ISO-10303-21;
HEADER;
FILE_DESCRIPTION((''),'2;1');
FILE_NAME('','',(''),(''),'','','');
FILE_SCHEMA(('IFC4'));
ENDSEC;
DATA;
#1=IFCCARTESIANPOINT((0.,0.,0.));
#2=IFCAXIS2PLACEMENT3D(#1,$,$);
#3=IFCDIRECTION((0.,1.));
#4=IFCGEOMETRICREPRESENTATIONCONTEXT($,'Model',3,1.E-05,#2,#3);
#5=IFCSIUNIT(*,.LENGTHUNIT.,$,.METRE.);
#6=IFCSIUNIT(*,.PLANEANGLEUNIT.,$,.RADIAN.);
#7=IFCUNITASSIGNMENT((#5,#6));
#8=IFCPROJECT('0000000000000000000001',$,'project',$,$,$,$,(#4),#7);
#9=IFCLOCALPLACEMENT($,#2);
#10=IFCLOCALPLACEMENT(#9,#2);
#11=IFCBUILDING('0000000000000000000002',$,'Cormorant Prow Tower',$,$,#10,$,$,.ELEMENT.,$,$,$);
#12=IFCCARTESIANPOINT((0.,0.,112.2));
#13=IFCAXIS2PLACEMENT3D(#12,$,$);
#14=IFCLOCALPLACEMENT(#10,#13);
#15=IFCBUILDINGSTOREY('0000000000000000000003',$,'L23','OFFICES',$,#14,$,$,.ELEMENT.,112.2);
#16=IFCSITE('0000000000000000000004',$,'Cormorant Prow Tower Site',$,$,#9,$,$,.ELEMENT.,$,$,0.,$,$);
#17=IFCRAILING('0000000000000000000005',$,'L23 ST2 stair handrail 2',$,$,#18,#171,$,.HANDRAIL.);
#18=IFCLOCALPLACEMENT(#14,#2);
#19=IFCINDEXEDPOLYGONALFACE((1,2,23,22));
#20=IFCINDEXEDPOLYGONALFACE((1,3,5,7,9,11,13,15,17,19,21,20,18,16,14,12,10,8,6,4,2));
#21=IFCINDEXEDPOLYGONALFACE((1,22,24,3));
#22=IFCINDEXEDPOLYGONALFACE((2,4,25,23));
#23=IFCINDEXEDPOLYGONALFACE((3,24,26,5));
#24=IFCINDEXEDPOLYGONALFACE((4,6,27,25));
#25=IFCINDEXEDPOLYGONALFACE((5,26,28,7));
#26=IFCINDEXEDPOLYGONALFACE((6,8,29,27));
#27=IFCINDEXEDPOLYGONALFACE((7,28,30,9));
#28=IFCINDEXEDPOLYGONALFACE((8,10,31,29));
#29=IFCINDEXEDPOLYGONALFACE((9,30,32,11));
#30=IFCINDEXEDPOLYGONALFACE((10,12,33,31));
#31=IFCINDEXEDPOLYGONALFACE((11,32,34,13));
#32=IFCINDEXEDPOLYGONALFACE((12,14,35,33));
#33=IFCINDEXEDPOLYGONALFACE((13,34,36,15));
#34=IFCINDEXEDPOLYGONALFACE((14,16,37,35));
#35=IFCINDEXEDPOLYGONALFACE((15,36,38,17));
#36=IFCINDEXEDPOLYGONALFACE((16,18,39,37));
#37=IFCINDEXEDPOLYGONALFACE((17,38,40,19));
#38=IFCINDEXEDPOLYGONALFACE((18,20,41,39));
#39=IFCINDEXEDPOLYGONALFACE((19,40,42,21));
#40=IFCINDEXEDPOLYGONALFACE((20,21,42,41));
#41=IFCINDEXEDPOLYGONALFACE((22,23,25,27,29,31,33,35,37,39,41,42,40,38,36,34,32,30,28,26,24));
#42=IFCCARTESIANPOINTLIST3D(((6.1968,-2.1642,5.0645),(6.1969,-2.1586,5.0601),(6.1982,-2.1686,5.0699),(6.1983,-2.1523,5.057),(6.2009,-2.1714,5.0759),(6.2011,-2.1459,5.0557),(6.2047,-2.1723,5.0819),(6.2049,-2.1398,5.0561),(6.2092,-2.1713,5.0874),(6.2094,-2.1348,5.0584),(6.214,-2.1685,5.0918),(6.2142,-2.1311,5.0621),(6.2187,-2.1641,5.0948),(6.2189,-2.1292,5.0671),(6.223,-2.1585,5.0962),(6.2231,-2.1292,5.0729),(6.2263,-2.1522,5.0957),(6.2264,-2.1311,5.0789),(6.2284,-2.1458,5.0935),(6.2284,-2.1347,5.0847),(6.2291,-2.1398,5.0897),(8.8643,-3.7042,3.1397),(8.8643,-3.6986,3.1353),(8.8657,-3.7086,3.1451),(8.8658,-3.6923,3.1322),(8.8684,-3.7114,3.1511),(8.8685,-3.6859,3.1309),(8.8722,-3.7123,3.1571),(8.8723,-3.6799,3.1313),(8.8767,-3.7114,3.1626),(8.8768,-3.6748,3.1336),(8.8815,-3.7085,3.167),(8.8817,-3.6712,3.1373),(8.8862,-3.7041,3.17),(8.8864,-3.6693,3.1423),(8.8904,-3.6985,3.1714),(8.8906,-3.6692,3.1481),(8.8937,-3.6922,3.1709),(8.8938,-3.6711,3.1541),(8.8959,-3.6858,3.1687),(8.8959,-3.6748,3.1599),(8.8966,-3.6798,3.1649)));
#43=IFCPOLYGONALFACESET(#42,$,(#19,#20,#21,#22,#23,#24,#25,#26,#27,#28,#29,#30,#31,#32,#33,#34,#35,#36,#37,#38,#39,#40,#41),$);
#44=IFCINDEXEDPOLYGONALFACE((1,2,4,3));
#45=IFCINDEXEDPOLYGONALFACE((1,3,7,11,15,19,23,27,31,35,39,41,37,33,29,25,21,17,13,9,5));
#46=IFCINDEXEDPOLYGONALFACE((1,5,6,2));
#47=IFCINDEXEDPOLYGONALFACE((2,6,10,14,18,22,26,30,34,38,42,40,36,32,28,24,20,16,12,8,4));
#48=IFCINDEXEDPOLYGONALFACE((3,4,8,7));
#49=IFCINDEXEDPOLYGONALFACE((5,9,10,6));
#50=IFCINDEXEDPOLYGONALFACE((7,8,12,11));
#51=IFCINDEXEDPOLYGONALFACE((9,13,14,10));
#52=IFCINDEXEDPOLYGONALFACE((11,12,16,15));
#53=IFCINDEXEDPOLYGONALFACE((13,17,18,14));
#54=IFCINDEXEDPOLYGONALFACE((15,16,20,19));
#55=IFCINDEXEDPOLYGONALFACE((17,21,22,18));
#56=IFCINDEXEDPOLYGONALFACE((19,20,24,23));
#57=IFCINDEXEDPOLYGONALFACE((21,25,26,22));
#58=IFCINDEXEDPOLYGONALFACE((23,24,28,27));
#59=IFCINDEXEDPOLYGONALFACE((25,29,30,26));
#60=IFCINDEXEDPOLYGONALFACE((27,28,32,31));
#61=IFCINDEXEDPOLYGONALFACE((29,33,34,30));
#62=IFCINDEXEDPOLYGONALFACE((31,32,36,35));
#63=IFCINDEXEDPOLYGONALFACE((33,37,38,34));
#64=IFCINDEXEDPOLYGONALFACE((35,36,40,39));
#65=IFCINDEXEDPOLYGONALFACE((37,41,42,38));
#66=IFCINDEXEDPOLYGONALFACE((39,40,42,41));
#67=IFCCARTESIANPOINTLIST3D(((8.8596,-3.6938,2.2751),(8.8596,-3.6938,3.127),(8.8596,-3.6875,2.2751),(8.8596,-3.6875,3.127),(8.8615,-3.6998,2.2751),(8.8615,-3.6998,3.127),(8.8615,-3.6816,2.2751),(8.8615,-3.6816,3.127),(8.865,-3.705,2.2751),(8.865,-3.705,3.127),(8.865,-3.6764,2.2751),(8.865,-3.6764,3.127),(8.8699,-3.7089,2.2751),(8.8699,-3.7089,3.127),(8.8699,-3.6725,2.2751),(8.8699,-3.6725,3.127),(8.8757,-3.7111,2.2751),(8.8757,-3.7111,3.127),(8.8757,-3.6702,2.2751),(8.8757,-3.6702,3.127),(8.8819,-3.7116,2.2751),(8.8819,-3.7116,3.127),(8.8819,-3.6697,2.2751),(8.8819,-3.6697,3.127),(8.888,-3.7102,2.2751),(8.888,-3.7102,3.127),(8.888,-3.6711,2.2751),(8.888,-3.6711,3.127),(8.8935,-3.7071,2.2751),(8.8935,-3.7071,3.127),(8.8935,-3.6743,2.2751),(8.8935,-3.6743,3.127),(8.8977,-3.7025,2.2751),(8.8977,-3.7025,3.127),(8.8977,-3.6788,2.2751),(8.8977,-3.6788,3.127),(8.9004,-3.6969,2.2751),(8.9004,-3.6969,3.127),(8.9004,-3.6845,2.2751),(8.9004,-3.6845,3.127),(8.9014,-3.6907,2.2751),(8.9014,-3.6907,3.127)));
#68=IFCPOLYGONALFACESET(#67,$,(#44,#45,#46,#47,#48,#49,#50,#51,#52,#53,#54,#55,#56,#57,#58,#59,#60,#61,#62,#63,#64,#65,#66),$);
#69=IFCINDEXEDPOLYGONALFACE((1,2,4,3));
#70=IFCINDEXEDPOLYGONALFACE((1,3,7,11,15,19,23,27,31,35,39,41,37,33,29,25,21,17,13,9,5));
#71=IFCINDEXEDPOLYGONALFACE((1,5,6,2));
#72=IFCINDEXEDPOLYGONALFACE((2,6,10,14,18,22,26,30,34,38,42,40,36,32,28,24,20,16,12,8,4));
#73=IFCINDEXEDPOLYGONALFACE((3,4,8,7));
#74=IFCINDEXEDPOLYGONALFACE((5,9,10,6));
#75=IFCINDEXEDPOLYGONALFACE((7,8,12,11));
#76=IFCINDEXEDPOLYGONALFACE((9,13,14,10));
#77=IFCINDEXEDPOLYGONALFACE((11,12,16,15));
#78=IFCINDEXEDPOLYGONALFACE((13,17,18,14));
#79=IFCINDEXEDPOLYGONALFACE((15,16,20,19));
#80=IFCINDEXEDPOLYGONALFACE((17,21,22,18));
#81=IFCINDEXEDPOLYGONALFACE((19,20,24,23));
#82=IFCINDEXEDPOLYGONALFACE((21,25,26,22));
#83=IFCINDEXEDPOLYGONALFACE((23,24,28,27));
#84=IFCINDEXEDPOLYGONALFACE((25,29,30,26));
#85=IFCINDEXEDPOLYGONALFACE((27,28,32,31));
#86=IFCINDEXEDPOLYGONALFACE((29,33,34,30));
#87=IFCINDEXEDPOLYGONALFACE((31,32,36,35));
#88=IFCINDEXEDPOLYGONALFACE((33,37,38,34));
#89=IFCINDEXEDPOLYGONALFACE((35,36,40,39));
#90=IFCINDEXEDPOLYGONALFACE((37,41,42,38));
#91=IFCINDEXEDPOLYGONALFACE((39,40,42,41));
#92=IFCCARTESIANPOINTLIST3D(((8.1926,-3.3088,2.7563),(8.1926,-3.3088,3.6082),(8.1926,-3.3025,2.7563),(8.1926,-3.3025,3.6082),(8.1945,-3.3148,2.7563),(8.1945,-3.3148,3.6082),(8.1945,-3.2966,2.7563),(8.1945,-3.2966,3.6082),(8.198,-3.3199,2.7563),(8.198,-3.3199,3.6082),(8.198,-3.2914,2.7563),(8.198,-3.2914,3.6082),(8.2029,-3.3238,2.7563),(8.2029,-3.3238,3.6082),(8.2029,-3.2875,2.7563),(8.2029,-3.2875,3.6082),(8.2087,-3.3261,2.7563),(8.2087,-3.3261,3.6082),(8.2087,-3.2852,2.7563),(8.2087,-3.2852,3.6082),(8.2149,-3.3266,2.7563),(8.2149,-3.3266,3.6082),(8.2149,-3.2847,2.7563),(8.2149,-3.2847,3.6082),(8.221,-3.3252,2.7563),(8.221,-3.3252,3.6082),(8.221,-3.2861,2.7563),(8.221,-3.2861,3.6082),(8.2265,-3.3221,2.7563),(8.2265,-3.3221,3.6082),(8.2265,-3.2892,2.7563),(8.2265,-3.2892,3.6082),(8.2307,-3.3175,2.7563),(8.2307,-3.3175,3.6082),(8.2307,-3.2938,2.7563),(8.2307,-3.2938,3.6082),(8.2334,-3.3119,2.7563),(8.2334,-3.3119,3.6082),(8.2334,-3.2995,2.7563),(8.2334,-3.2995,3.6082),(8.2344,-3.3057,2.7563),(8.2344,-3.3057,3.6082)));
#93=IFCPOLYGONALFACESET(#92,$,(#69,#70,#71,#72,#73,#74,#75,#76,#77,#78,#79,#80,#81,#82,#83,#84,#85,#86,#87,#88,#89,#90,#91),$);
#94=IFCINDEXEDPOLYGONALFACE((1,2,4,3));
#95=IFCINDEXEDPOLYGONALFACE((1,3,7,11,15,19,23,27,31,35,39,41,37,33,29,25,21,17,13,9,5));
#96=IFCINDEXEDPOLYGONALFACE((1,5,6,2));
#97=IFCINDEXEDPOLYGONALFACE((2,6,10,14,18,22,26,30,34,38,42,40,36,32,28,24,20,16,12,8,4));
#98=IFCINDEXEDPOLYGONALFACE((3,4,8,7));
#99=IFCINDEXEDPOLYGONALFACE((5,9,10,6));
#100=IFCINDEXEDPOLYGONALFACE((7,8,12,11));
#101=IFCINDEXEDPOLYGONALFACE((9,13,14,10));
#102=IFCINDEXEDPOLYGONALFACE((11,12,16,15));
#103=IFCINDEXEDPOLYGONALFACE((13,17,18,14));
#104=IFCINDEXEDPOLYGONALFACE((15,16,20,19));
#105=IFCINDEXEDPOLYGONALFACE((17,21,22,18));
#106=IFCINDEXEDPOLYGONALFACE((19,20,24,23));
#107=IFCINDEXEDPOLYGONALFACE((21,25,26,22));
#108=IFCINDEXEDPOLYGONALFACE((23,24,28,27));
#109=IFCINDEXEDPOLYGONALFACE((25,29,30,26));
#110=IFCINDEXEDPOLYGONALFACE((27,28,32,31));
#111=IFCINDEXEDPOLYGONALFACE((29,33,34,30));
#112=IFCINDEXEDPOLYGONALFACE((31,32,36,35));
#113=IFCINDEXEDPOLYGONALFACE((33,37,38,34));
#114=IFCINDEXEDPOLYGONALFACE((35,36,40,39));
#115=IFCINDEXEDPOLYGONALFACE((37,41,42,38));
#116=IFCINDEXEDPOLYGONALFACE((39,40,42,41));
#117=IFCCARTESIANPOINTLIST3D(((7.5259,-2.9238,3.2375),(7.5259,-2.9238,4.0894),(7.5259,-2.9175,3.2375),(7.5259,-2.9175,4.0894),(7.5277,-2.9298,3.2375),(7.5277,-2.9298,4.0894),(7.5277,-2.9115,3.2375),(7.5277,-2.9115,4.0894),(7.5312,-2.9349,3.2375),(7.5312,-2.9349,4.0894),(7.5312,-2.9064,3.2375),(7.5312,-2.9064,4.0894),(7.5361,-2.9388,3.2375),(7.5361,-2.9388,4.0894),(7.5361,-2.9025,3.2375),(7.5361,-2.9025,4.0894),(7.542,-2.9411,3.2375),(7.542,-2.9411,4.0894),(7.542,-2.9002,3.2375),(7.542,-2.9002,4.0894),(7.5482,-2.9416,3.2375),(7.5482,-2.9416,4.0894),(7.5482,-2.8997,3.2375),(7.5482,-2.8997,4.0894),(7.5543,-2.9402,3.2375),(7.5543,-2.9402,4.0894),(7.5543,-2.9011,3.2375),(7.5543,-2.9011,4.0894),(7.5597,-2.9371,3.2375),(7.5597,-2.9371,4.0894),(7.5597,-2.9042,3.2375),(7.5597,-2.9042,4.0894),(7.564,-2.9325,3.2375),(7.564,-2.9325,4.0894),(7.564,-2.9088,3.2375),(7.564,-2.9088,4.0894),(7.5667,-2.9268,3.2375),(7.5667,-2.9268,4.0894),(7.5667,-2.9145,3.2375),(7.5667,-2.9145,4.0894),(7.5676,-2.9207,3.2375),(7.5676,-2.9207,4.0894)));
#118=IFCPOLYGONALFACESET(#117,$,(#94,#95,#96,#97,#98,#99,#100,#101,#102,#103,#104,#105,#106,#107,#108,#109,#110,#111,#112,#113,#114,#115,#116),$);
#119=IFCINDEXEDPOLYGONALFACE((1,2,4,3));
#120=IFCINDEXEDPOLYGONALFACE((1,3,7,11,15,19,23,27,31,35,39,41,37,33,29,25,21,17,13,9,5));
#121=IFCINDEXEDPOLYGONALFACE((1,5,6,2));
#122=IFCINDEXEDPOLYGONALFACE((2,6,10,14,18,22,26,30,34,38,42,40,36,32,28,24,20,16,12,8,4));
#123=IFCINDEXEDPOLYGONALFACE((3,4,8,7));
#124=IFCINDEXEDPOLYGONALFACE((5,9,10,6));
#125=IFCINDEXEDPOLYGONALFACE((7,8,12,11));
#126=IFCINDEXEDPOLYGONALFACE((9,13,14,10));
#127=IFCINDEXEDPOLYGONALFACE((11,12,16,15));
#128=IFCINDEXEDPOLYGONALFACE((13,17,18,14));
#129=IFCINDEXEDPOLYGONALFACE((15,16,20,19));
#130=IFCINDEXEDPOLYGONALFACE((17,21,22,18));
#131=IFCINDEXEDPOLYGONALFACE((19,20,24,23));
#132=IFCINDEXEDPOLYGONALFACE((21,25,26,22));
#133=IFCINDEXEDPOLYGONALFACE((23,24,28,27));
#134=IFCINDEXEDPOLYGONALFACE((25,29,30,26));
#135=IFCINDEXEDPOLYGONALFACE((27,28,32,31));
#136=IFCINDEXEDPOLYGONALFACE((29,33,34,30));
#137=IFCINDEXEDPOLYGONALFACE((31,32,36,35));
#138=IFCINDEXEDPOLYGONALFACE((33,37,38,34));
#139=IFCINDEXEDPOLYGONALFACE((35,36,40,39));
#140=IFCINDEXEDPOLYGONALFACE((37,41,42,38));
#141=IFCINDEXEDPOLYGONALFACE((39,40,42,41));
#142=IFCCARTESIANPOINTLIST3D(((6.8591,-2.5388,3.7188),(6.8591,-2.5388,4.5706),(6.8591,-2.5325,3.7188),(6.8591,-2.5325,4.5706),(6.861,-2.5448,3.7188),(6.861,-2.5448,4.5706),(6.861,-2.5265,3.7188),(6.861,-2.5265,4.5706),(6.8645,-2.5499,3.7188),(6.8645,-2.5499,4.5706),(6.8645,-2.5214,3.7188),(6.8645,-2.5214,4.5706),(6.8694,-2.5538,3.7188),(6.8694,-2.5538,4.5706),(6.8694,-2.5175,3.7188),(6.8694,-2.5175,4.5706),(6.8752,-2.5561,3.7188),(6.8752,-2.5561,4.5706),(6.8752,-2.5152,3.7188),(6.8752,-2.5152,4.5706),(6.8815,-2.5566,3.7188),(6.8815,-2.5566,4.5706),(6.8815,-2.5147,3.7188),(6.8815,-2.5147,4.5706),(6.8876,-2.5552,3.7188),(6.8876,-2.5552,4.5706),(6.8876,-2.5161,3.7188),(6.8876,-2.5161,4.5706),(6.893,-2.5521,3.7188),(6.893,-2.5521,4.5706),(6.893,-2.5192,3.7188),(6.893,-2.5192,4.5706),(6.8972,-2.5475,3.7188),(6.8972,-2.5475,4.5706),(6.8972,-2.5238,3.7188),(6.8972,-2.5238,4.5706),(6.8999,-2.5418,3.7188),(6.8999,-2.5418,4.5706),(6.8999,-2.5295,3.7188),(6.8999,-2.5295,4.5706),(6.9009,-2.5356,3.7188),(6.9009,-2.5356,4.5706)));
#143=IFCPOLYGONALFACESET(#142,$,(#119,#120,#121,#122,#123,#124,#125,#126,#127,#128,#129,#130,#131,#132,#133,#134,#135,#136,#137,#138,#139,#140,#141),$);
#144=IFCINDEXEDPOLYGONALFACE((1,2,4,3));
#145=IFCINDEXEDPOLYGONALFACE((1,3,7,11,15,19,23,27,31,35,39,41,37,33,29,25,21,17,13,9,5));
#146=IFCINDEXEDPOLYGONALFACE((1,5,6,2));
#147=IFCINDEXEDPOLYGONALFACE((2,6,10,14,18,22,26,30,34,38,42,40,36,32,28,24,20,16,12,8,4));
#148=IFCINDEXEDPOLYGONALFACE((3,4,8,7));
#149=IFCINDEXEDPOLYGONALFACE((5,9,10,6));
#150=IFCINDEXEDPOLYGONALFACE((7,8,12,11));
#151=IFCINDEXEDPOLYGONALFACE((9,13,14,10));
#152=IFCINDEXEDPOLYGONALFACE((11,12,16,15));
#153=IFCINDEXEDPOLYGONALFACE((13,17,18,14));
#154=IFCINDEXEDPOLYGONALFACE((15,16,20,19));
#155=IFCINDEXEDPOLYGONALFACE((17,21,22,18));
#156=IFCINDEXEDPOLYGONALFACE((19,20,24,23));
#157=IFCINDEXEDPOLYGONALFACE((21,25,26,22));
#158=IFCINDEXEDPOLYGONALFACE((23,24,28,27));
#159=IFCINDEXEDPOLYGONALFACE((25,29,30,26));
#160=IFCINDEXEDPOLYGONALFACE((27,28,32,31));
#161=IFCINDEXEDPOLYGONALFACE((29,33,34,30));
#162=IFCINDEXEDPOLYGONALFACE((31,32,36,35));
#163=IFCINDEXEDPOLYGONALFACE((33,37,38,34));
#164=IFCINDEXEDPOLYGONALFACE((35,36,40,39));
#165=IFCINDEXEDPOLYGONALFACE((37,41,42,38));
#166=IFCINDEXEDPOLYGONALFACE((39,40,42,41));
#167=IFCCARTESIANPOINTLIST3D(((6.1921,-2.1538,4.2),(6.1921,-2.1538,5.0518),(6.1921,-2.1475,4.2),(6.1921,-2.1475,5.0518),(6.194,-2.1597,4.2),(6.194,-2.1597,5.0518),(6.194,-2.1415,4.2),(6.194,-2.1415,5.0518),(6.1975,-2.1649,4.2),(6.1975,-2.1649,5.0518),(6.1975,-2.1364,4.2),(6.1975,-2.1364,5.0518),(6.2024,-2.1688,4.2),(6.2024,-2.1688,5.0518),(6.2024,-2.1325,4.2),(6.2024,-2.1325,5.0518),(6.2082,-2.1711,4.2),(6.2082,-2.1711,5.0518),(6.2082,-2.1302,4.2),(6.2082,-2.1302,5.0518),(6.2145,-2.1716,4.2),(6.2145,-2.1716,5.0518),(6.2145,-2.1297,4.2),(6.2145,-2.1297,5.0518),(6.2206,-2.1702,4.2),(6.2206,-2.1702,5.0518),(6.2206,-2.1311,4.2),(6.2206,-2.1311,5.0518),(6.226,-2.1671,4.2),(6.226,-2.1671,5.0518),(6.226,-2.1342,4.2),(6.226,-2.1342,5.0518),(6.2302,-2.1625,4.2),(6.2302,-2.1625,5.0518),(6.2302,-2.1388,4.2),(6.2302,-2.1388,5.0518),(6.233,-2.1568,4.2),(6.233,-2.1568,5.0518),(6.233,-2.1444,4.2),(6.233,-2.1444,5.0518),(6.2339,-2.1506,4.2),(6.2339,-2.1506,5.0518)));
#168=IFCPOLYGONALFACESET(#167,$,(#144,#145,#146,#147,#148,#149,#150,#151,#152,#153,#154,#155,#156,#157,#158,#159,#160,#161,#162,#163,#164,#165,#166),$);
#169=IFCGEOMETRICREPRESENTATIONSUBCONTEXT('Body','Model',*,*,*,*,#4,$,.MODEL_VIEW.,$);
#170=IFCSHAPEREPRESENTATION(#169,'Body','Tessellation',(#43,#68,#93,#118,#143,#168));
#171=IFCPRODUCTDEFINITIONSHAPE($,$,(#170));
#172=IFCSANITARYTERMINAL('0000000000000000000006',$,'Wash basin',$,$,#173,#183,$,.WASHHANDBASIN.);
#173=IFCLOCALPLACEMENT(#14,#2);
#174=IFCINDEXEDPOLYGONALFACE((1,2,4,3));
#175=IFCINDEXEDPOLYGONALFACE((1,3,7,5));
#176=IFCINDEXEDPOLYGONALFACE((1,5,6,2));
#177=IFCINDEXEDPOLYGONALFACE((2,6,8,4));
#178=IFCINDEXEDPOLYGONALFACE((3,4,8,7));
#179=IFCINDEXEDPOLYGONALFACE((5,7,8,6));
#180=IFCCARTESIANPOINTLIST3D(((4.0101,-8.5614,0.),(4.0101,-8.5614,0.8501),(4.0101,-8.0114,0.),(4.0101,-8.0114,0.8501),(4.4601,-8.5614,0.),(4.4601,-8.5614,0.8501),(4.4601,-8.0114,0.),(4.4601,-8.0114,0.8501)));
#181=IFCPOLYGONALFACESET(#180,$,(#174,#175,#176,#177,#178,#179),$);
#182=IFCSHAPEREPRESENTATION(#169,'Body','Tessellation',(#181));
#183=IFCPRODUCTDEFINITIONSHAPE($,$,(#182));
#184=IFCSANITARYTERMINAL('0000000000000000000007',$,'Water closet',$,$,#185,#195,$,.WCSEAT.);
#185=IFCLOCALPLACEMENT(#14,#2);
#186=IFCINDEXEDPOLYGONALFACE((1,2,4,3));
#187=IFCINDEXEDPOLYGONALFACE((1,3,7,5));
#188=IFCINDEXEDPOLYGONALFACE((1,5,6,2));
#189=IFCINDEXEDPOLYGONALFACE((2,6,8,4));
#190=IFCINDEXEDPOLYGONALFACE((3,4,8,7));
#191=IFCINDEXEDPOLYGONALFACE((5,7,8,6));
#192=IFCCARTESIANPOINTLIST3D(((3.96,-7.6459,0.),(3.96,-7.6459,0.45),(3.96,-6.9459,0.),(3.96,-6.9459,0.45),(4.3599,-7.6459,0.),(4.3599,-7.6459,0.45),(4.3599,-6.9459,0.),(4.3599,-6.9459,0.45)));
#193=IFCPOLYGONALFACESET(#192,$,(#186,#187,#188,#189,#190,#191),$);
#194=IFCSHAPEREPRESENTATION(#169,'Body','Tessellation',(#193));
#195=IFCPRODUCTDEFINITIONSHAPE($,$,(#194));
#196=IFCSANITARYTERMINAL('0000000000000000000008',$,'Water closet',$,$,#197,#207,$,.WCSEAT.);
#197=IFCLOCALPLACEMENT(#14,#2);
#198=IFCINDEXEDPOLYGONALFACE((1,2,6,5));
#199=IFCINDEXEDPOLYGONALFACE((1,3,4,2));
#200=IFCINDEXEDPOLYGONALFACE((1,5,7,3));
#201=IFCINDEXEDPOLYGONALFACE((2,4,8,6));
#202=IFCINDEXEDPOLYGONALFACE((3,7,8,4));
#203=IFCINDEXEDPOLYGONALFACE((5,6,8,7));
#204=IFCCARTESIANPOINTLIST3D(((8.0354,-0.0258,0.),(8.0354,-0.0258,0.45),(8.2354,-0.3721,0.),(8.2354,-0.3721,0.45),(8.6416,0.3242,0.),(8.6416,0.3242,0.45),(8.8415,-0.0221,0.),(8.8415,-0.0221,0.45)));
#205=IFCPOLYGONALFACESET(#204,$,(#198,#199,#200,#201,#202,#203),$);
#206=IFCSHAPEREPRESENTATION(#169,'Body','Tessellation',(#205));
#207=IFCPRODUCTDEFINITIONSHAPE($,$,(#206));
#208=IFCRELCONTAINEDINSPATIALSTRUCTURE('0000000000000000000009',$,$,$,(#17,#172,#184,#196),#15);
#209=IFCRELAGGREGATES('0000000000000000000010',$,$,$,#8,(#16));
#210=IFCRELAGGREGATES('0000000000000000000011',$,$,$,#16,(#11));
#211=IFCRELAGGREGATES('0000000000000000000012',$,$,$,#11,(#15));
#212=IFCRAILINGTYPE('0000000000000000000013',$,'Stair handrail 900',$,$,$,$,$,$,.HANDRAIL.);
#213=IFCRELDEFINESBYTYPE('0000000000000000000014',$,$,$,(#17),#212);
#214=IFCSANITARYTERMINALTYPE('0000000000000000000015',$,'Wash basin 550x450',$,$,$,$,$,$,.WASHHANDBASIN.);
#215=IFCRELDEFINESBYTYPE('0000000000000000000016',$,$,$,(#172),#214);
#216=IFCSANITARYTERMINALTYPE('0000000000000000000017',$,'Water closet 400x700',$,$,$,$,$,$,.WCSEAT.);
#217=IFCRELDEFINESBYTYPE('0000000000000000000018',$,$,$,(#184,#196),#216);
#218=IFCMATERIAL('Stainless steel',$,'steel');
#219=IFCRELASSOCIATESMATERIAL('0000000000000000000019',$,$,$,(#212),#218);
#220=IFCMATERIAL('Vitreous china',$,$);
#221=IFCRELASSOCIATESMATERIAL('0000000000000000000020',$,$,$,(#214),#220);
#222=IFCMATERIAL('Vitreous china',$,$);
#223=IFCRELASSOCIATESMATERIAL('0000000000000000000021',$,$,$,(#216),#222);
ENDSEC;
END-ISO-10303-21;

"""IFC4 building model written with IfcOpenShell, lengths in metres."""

from ifc_helpers import new_model, si_unit, direction, frame, origin, origin_2d, place, context, subcontext, project, spatial, rectangle, circle, extrude, material, type_object, element, save


model = new_model("IFC4")

# Units and contexts
model_context = context("Model", 3, precision=1e-05, world=origin(), true_north=direction((0.0, 1.0)))
body_context = subcontext(model_context, "Body", "Model", "MODEL_VIEW")
ifc_project = project(units=[si_unit("LENGTHUNIT", "METRE"), si_unit("PLANEANGLEUNIT", "RADIAN")], contexts=[model_context])

# Site, building, storey
site_placement = place(None, origin())
site = spatial("IfcSite", under=ifc_project, at=site_placement, Name="Cormorant Prow Tower Site", CompositionType="ELEMENT", RefElevation=0.0)
building_placement = place(site_placement, origin())
building = spatial("IfcBuilding", under=site, at=building_placement, Name="Cormorant Prow Tower", CompositionType="ELEMENT")
storey_placement = place(building_placement, frame((0.0, 0.0, 112.2)))
storey = spatial("IfcBuildingStorey", under=building, at=storey_placement, Name="L23", Description="OFFICES", CompositionType="ELEMENT", Elevation=112.2)

# Railing
ifc_material_1 = material(Name="Stainless steel", Category="steel")
railing_type_1 = type_object("IfcRailingType", Name="Stair handrail 900", PredefinedType="HANDRAIL", material=ifc_material_1)
railing_1_placement = place(storey_placement, frame((8.8804, -3.6907, 2.2751)))
element("IfcRailing", 1, at=railing_1_placement, inside=storey, type_object=railing_type_1, Name="L23 ST2 stair handrail 2", PredefinedType="HANDRAIL", context=body_context, shape_type="SweptSolid", body=[
    extrude(circle(Radius=0.0239, at=origin_2d()), frame((0.0, 0.0, 0.876), z_axis=(-0.734421, 0.42401, 0.529945), x_axis=(-0.499992, -0.86603, 0.0)), (0.0, 0.0, 1.0), 3.6321),
    extrude(circle(Radius=0.021, at=origin_2d()), origin(), (0.0, 0.0, 1.0), 0.8518),
    extrude(circle(Radius=0.021, at=origin_2d()), frame((-0.667, 0.385, 0.4812)), (0.0, 0.0, 1.0), 0.8518),
    extrude(circle(Radius=0.021, at=origin_2d()), frame((-1.3337, 0.77, 0.9624)), (0.0, 0.0, 1.0), 0.8518),
    extrude(circle(Radius=0.021, at=origin_2d()), frame((-2.0005, 1.155, 1.4436)), (0.0, 0.0, 1.0), 0.8518),
    extrude(circle(Radius=0.021, at=origin_2d()), frame((-2.6675, 1.54, 1.9248)), (0.0, 0.0, 1.0), 0.8518),
])

# Sanitary terminals
ifc_material_2 = material(Name="Vitreous china")
sanitary_terminal_type_1 = type_object("IfcSanitaryTerminalType", Name="Wash basin 550x450", PredefinedType="WASHHANDBASIN", material=ifc_material_2)
sanitary_terminal_placement = place(storey_placement, frame((4.2351, -8.2864, 0.0), z_axis=(0.0, 0.0, 1.0), x_axis=(0.0, 1.0, 0.0)))
element("IfcSanitaryTerminal", 2, at=sanitary_terminal_placement, inside=storey, type_object=sanitary_terminal_type_1, Name="Wash basin", PredefinedType="WASHHANDBASIN", context=body_context, shape_type="SweptSolid", body=[
    extrude(rectangle(XDim=0.55, YDim=0.45, at=origin_2d()), origin(), (0.0, 0.0, 1.0), 0.8501),
])
ifc_material_3 = material(Name="Vitreous china")
sanitary_terminal_type_2 = type_object("IfcSanitaryTerminalType", Name="Water closet 400x700", PredefinedType="WCSEAT", material=ifc_material_3)
for number, where, z_axis, x_axis, name in (
    (3, (4.1599, -7.2959, 0.0), (0.0, 0.0, 1.0), (-1.0, 0.0, 0.0), "Water closet"),
    (4, (8.4385, -0.0239, 0.0), (0.0, 0.0, 1.0), (0.5, -0.866025, 0.0), "Water closet"),
):
    element("IfcSanitaryTerminal", number, at=place(storey_placement, frame(where, z_axis=z_axis, x_axis=x_axis)), inside=storey, type_object=sanitary_terminal_type_2, Name=name, PredefinedType="WCSEAT", context=body_context, shape_type="SweptSolid", body=[
        extrude(rectangle(XDim=0.3999, YDim=0.7, at=origin_2d()), origin(), (0.0, 0.0, 1.0), 0.45),
    ])

save(model, "model.ifc")
